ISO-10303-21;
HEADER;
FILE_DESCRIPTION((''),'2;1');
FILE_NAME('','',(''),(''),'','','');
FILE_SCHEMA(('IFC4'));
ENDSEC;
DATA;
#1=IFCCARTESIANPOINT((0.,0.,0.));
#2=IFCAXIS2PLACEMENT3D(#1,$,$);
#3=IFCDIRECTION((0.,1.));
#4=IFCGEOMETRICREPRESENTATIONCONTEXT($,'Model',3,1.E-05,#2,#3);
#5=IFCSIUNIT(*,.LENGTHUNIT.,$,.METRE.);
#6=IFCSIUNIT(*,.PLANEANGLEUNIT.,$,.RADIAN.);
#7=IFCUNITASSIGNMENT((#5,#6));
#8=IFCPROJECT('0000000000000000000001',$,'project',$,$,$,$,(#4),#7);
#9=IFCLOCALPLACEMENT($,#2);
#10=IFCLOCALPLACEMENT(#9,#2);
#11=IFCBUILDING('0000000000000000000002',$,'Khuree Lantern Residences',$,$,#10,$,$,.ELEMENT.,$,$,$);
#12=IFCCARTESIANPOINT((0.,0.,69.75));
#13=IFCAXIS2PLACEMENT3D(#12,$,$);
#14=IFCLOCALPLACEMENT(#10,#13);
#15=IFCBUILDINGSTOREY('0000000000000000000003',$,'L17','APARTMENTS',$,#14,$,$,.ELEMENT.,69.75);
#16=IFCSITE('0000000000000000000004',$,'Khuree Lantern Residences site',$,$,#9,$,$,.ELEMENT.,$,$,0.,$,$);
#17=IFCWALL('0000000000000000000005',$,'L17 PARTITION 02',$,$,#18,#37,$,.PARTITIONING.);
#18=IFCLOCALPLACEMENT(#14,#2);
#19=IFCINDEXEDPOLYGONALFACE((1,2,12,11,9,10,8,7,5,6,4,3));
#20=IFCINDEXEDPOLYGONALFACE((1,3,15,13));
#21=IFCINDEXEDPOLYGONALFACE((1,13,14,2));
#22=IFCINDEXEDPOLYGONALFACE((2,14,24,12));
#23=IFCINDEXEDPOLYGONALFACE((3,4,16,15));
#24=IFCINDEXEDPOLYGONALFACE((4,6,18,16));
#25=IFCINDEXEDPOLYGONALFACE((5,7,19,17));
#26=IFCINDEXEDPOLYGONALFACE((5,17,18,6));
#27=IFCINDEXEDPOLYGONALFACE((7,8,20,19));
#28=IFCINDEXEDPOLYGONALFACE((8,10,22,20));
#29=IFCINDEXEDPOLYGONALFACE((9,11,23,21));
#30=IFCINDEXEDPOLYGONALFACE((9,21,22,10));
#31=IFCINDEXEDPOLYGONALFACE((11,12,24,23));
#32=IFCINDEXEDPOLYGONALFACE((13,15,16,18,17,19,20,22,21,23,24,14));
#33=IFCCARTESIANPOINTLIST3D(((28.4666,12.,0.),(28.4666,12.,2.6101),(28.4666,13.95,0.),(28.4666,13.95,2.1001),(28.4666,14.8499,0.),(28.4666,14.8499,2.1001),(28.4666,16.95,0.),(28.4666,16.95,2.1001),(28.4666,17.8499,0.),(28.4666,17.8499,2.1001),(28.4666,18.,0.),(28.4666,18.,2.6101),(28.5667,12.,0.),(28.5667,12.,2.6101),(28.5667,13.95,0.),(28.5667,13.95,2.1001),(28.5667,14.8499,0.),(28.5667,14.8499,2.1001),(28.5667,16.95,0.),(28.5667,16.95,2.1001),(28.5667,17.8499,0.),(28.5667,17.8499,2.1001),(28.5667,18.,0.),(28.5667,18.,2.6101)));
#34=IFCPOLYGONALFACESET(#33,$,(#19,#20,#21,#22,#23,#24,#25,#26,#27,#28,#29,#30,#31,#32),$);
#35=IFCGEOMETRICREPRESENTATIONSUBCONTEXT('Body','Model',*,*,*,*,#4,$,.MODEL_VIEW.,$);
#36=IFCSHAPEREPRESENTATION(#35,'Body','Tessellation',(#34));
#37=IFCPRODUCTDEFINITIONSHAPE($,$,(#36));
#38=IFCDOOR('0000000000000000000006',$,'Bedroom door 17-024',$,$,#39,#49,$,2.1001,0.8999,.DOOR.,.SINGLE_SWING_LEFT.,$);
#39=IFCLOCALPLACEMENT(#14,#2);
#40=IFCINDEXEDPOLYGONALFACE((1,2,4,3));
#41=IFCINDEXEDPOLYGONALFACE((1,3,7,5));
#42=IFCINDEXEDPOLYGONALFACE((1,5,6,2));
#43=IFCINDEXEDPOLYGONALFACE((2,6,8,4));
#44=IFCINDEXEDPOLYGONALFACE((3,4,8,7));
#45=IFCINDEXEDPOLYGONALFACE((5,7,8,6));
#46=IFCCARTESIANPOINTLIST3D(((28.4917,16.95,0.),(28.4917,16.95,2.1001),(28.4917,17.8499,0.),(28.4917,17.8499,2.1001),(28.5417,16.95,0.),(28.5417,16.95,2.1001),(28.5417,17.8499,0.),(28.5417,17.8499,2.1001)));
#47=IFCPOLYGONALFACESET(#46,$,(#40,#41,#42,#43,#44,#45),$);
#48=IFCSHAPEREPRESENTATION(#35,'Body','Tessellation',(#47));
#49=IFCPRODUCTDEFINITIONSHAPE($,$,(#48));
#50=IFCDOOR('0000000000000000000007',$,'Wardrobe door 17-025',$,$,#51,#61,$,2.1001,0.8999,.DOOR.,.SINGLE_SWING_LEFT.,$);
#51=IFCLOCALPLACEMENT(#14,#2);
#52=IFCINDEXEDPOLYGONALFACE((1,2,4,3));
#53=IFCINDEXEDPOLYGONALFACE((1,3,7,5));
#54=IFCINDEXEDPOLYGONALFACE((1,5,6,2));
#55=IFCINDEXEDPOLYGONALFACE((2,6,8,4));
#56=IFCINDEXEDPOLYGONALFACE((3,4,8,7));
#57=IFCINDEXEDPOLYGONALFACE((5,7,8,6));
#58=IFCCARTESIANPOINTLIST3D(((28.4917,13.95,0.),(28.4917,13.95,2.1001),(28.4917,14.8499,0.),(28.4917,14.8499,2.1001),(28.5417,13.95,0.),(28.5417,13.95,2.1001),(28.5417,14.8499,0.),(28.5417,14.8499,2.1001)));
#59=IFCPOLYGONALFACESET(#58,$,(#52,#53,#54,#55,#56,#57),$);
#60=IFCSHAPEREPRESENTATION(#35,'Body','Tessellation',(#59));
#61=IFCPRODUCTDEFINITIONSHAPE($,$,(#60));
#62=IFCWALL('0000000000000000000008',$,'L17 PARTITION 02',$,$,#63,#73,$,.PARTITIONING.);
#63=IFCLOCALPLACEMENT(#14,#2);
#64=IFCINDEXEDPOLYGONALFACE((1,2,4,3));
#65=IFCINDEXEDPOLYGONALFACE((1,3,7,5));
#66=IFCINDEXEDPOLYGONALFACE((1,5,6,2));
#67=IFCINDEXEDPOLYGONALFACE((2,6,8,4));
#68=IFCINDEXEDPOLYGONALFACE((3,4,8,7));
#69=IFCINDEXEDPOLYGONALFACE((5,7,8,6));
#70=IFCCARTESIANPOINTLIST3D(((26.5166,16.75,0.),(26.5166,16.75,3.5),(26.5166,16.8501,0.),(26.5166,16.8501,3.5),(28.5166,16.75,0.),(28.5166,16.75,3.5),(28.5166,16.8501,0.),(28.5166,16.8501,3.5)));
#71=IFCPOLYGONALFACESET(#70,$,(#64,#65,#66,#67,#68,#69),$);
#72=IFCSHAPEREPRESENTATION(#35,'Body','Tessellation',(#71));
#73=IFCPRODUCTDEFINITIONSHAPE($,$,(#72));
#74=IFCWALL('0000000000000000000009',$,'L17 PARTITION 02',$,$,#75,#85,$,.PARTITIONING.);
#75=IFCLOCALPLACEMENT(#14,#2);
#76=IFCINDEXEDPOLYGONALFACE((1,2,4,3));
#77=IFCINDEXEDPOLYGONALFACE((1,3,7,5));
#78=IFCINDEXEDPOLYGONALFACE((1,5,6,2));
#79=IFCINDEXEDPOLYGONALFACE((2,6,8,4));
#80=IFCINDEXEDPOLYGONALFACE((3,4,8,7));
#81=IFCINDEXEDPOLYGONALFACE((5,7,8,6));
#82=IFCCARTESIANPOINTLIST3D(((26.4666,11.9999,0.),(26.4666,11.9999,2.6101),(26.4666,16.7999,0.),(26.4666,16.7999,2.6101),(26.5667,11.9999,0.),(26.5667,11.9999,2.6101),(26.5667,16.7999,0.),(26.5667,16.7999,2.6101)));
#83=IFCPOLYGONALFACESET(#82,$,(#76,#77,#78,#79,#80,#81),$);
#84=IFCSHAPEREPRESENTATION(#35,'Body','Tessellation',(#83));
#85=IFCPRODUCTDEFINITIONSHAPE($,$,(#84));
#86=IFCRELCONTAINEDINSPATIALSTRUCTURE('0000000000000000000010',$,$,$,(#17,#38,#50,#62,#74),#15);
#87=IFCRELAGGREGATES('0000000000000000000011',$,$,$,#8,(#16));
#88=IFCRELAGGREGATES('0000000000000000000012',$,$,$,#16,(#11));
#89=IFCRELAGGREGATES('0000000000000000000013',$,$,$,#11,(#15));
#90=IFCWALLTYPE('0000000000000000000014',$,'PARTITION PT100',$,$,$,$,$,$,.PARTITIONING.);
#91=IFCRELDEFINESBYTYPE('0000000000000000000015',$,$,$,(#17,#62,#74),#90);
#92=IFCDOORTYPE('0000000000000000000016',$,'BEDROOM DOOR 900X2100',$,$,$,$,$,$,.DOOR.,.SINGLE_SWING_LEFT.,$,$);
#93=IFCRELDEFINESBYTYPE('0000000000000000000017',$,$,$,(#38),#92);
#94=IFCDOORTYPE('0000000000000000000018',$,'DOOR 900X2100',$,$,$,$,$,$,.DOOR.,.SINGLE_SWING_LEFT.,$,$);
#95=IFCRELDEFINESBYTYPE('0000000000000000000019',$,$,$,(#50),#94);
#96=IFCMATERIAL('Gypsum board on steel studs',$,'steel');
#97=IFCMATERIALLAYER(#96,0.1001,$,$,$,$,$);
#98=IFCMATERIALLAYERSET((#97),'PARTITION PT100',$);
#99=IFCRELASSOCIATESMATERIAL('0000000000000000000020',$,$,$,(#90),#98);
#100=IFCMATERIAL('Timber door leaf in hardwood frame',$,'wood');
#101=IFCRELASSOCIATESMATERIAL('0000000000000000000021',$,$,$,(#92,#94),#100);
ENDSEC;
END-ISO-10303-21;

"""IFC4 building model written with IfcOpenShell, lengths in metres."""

from ifc_helpers import new_model, si_unit, direction, frame, frame_2d, origin, place, context, subcontext, project, spatial, rectangle, extrude, material, layer, layer_set, type_object, element, fill, save


model = new_model("IFC4")

# Units and contexts
model_context = context("Model", 3, precision=1e-05, world=origin(), true_north=direction((0.0, 1.0)))
body_context = subcontext(model_context, "Body", "Model", "MODEL_VIEW")
ifc_project = project(units=[si_unit("LENGTHUNIT", "METRE"), si_unit("PLANEANGLEUNIT", "RADIAN")], contexts=[model_context])

# Site, building, storey
site_placement = place(None, origin())
site = spatial("IfcSite", under=ifc_project, at=site_placement, Name="Khuree Lantern Residences site", CompositionType="ELEMENT", RefElevation=0.0)
building_placement = place(site_placement, origin())
building = spatial("IfcBuilding", under=site, at=building_placement, Name="Khuree Lantern Residences", CompositionType="ELEMENT")
storey_placement = place(building_placement, frame((0.0, 0.0, 69.75)))
storey = spatial("IfcBuildingStorey", under=building, at=storey_placement, Name="L17", Description="APARTMENTS", CompositionType="ELEMENT", Elevation=69.75)

# Shared definitions
ifc_material_1 = material(Name="Gypsum board on steel studs", Category="steel")
ifc_layer_1 = layer(ifc_material_1, 0.1001)
ifc_layer_set_1 = layer_set([ifc_layer_1], Name="PARTITION PT100")
wall_type = type_object("IfcWallType", Name="PARTITION PT100", PredefinedType="PARTITIONING", material=ifc_layer_set_1)

# Shared definitions
ifc_material_2 = material(Name="Timber door leaf in hardwood frame", Category="wood")
door_type_1 = type_object("IfcDoorType", Name="BEDROOM DOOR 900X2100", OperationType="SINGLE_SWING_LEFT", PredefinedType="DOOR", material=ifc_material_2)

# Wall, openings, doors
wall_1_placement = place(storey_placement, frame((28.5166, 12.0, 0.0), z_axis=(0.0, 0.0, 1.0), x_axis=(0.0, 1.0, 0.0)))
wall_1 = element("IfcWall", 1, at=wall_1_placement, inside=storey, type_object=wall_type, Name="L17 PARTITION 02", PredefinedType="PARTITIONING", context=body_context, shape_type="SweptSolid", body=[
    extrude(rectangle(XDim=6.0, YDim=0.1001, at=frame_2d((3.0, 0.0))), origin(), (0.0, 0.0, 1.0), 2.6101),
])
opening_1_placement = place(wall_1_placement, frame((4.95, 0.0, 0.0)))
opening_1 = element("IfcOpeningElement", 2, at=opening_1_placement, cuts=wall_1, PredefinedType="OPENING", context=body_context, shape_type="SweptSolid", body=[
    extrude(rectangle(XDim=0.8999, YDim=2.1001, at=frame_2d((0.45, 1.05))), frame((0.0, 0.0601, 0.0), z_axis=(0.0, -1.0, 0.0), x_axis=(1.0, 0.0, 0.0)), (0.0, 0.0, 1.0), 0.1201),
])
opening_2_placement = place(wall_1_placement, frame((1.95, 0.0, 0.0)))
opening_2 = element("IfcOpeningElement", 3, at=opening_2_placement, cuts=wall_1, PredefinedType="OPENING", context=body_context, shape_type="SweptSolid", body=[
    extrude(rectangle(XDim=0.8999, YDim=2.1001, at=frame_2d((0.45, 1.05))), frame((0.0, 0.0601, 0.0), z_axis=(0.0, -1.0, 0.0), x_axis=(1.0, 0.0, 0.0)), (0.0, 0.0, 1.0), 0.1201),
])
door_1_placement = place(opening_1_placement, origin())
door_1 = element("IfcDoor", 4, at=door_1_placement, inside=storey, type_object=door_type_1, Name="Bedroom door 17-024", OperationType="SINGLE_SWING_LEFT", OverallHeight=2.1001, OverallWidth=0.8999, PredefinedType="DOOR", context=body_context, shape_type="SweptSolid", body=[
    extrude(rectangle(XDim=0.8999, YDim=2.1001, at=frame_2d((0.45, 1.05))), frame((0.0, 0.0249, 0.0), z_axis=(0.0, -1.0, 0.0), x_axis=(1.0, 0.0, 0.0)), (0.0, 0.0, 1.0), 0.05),
])
fill(opening_1, door_1)
door_type_2 = type_object("IfcDoorType", Name="DOOR 900X2100", OperationType="SINGLE_SWING_LEFT", PredefinedType="DOOR", material=ifc_material_2)
door_2_placement = place(opening_2_placement, origin())
door_2 = element("IfcDoor", 5, at=door_2_placement, inside=storey, type_object=door_type_2, Name="Wardrobe door 17-025", OperationType="SINGLE_SWING_LEFT", OverallHeight=2.1001, OverallWidth=0.8999, PredefinedType="DOOR", context=body_context, shape_type="SweptSolid", body=[
    extrude(rectangle(XDim=0.8999, YDim=2.1001, at=frame_2d((0.45, 1.05))), frame((0.0, 0.0249, 0.0), z_axis=(0.0, -1.0, 0.0), x_axis=(1.0, 0.0, 0.0)), (0.0, 0.0, 1.0), 0.05),
])
fill(opening_2, door_2)

# Walls
wall_2_placement = place(storey_placement, frame((26.5166, 16.8, 0.0), z_axis=(0.0, 0.0, 1.0), x_axis=(1.0, 0.0, 0.0)))
element("IfcWall", 6, at=wall_2_placement, inside=storey, type_object=wall_type, Name="L17 PARTITION 02", PredefinedType="PARTITIONING", context=body_context, shape_type="SweptSolid", body=[
    extrude(rectangle(XDim=2.0, YDim=0.1001, at=frame_2d((1.0, 0.0))), origin(), (0.0, 0.0, 1.0), 3.5),
])
wall_3_placement = place(storey_placement, frame((26.5166, 12.0, 0.0), z_axis=(0.0, 0.0, 1.0), x_axis=(0.0, 1.0, 0.0)))
element("IfcWall", 7, at=wall_3_placement, inside=storey, type_object=wall_type, Name="L17 PARTITION 02", PredefinedType="PARTITIONING", context=body_context, shape_type="SweptSolid", body=[
    extrude(rectangle(XDim=4.8, YDim=0.1001, at=frame_2d((2.3999, 0.0))), origin(), (0.0, 0.0, 1.0), 2.6101),
])

save(model, "model.ifc")
